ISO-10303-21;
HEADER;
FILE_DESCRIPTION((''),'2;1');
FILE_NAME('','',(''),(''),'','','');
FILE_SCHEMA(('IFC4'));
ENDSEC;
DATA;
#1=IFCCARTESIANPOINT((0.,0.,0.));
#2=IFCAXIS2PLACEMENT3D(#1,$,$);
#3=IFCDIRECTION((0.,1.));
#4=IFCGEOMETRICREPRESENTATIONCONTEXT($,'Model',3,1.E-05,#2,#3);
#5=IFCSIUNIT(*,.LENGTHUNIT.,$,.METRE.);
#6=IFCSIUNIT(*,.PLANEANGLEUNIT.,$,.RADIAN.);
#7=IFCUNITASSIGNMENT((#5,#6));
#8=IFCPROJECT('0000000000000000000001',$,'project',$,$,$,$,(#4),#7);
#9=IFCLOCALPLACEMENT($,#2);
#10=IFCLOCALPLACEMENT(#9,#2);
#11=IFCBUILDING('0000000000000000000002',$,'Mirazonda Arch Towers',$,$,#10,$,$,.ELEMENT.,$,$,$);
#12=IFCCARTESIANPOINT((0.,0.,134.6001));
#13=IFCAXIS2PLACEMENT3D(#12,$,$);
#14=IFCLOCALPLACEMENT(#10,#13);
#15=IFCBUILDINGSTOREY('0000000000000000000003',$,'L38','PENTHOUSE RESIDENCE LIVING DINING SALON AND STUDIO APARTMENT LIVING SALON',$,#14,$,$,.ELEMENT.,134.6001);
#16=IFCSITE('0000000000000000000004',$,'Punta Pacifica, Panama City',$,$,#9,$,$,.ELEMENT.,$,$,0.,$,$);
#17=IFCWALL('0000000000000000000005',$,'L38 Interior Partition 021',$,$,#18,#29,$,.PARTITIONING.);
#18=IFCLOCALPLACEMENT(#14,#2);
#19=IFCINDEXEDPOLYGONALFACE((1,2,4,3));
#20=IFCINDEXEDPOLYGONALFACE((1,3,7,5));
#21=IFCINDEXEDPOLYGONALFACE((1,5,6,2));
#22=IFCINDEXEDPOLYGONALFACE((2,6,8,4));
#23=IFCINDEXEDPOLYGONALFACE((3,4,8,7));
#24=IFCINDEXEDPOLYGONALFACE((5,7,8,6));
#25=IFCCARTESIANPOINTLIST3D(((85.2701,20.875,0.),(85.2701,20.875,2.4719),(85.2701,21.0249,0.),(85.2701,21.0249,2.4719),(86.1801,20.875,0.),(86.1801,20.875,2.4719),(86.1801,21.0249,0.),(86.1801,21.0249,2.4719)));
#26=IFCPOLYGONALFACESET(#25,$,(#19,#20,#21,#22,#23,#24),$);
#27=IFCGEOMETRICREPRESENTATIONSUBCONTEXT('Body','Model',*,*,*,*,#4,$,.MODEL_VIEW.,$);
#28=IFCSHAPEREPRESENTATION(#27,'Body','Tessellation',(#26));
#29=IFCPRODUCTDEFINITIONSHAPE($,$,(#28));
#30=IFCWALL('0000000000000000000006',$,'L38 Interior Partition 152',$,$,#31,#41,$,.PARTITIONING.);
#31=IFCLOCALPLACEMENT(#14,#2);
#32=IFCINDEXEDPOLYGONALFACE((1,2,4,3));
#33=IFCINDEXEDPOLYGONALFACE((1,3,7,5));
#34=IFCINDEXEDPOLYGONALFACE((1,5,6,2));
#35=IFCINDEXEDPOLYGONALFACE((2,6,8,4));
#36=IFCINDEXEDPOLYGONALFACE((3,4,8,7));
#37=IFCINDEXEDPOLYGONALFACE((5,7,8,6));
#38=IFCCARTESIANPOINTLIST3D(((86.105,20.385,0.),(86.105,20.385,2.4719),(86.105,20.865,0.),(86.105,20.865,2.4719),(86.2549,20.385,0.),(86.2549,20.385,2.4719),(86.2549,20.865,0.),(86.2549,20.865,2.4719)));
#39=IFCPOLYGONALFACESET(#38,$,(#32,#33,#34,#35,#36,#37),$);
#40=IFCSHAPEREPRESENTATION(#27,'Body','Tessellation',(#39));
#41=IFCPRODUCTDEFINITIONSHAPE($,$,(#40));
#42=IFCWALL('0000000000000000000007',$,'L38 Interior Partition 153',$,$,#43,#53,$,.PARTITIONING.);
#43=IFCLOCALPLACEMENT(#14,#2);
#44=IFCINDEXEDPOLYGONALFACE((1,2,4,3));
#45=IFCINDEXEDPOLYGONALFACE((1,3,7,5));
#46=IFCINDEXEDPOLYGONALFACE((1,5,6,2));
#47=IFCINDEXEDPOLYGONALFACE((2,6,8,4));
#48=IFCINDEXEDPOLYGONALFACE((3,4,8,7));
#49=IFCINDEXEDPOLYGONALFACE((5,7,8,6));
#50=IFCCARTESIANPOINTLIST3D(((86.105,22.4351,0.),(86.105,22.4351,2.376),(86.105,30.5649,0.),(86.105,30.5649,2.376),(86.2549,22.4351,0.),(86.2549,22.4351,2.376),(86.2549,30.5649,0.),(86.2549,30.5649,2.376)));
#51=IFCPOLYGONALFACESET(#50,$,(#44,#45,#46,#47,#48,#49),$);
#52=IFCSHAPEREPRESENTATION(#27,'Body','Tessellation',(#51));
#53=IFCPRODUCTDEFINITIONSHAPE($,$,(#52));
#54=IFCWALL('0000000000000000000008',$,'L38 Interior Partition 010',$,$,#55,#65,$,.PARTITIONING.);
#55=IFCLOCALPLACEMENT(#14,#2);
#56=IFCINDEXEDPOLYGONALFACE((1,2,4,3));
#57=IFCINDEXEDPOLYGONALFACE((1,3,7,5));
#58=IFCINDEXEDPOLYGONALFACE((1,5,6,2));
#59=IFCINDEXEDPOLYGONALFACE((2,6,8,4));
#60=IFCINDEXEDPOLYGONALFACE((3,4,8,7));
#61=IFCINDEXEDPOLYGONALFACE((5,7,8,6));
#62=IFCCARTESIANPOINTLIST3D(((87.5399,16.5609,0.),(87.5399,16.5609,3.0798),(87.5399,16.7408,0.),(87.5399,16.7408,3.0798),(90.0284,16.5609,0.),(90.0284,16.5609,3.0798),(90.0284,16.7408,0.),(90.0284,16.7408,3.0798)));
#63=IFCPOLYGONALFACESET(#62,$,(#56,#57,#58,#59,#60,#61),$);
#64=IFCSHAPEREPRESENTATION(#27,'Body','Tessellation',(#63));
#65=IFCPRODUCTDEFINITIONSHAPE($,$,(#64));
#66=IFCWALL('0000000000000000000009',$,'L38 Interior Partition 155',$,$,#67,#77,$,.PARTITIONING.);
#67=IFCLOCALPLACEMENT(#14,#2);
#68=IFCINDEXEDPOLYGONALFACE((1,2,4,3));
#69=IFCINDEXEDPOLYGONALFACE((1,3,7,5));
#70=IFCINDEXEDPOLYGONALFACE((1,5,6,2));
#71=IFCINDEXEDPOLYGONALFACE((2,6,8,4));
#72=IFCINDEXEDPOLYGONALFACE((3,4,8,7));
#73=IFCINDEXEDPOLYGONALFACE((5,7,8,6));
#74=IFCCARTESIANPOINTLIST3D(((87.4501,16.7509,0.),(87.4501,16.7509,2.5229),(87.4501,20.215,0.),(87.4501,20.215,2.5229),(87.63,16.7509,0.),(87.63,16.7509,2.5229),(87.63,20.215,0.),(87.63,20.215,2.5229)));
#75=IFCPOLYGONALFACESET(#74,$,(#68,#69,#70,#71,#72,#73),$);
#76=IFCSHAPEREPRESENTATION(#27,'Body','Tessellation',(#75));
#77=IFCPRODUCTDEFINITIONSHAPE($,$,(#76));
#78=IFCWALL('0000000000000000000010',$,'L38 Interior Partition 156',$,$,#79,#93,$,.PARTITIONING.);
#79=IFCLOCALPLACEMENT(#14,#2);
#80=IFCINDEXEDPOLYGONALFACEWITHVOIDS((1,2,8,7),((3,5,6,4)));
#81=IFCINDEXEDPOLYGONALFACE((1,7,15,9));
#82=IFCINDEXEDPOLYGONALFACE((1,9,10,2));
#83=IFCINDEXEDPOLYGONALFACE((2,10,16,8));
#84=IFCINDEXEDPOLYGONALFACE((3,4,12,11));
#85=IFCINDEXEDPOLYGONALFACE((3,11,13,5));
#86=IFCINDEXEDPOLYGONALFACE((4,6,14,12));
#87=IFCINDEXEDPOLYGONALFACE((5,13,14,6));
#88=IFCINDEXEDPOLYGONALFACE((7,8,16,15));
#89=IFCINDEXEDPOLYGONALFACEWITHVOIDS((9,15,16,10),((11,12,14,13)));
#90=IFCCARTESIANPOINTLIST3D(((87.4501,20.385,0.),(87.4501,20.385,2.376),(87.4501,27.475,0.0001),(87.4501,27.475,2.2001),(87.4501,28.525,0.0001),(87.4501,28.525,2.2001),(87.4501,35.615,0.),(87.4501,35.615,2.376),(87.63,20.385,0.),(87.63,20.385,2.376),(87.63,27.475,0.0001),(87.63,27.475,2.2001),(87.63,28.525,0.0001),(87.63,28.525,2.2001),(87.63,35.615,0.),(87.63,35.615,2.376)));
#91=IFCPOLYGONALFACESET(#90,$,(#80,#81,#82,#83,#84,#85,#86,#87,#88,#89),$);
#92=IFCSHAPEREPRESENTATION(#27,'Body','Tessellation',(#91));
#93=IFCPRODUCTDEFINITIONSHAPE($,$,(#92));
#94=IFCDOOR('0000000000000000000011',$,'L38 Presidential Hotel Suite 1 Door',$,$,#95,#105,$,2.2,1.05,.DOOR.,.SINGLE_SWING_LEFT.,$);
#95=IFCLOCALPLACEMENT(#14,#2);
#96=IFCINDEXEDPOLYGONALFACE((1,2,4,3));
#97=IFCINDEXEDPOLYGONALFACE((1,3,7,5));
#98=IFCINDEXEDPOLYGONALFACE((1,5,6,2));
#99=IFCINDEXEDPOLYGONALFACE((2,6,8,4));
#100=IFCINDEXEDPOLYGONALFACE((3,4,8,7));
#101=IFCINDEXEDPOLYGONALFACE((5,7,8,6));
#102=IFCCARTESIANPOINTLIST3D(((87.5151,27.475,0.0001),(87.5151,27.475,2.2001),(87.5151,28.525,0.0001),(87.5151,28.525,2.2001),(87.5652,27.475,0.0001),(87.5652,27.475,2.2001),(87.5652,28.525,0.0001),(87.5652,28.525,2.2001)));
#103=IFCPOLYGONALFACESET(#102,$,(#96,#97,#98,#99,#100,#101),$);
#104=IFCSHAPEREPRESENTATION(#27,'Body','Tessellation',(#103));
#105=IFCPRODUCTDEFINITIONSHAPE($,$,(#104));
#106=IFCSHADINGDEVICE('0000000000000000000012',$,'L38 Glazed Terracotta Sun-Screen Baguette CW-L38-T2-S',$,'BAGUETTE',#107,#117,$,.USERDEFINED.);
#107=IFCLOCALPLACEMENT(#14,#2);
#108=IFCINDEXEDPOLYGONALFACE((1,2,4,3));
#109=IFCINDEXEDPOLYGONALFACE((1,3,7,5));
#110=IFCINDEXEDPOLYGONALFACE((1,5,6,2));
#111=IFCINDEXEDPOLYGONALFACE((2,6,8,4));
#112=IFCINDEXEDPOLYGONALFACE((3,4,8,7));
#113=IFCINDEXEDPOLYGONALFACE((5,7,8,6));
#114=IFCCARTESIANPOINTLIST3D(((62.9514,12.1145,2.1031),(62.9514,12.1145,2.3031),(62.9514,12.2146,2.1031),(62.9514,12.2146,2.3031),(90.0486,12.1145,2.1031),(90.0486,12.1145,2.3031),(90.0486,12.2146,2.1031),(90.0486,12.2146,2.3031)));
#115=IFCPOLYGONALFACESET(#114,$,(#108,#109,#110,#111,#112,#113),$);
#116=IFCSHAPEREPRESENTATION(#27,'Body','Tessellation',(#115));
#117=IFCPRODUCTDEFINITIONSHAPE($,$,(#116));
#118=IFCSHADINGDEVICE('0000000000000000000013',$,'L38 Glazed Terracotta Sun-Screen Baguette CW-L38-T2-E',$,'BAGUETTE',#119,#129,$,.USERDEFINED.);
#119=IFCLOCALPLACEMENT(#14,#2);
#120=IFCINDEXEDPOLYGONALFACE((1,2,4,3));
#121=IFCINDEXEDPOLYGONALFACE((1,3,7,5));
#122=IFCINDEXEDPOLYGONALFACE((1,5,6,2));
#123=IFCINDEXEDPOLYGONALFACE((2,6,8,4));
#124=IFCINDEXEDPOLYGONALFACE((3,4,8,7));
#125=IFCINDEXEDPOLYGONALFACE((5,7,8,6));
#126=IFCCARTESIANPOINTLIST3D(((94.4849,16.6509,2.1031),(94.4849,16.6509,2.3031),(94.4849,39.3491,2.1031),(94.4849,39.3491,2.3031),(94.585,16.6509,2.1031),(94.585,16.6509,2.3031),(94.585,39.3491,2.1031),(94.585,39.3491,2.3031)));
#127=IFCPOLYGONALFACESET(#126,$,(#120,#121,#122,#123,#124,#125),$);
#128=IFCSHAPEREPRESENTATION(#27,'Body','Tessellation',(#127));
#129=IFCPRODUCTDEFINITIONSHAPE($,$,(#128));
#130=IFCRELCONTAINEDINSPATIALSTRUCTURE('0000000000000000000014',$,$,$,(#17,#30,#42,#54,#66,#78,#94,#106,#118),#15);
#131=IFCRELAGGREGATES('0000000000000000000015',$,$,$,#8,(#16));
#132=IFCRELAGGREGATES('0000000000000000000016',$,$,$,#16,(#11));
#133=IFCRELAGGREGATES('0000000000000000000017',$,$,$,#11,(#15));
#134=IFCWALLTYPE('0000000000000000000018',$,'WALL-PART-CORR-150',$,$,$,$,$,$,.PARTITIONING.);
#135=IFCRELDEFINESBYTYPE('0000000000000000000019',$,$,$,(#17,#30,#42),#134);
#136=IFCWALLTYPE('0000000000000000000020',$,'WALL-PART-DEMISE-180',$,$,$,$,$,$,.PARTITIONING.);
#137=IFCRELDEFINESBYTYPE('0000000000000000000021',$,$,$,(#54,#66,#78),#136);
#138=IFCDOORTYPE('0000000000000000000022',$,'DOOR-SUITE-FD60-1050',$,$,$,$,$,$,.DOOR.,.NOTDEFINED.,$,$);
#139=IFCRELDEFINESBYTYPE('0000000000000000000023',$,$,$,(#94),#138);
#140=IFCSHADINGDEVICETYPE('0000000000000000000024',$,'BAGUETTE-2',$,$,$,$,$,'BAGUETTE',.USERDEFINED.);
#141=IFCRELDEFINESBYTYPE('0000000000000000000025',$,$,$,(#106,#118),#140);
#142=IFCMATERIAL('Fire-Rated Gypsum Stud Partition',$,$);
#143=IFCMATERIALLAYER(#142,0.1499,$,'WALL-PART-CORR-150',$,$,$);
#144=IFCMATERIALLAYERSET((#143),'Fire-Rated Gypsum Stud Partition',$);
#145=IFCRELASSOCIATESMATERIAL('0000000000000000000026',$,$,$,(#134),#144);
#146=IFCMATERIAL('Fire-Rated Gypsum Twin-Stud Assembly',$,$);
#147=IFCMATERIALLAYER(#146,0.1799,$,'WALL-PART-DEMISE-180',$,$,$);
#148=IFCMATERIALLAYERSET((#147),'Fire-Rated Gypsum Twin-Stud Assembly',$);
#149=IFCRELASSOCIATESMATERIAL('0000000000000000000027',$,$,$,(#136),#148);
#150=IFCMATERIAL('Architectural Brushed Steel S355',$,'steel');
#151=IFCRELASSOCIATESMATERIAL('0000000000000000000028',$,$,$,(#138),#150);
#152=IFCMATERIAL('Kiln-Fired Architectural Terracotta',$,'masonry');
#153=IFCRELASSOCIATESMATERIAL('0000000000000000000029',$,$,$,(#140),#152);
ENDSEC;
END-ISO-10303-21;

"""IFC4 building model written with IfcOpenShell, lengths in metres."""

from ifc_helpers import new_model, si_unit, direction, frame, frame_2d, origin, origin_2d, place, context, subcontext, project, spatial, rectangle, extrude, material, layer, layer_set, material_profile, profile_set, type_object, element, fill, save


model = new_model("IFC4")

# Units and contexts
model_context = context("Model", 3, precision=1e-05, world=origin(), true_north=direction((0.0, 1.0)))
body_context = subcontext(model_context, "Body", "Model", "MODEL_VIEW")
ifc_project = project(units=[si_unit("LENGTHUNIT", "METRE"), si_unit("PLANEANGLEUNIT", "RADIAN")], contexts=[model_context])

# Site, building, storey
site_placement = place(None, origin())
site = spatial("IfcSite", under=ifc_project, at=site_placement, Name="Punta Pacifica, Panama City", CompositionType="ELEMENT", RefElevation=0.0)
building_placement = place(site_placement, origin())
building = spatial("IfcBuilding", under=site, at=building_placement, Name="Mirazonda Arch Towers", CompositionType="ELEMENT")
storey_placement = place(building_placement, frame((0.0, 0.0, 134.6001)))
storey = spatial("IfcBuildingStorey", under=building, at=storey_placement, Name="L38", Description="PENTHOUSE RESIDENCE LIVING DINING SALON AND STUDIO APARTMENT LIVING SALON", CompositionType="ELEMENT", Elevation=134.6001)

# Walls
ifc_material_1 = material(Name="Fire-Rated Gypsum Stud Partition")
ifc_layer_1 = layer(ifc_material_1, 0.1499, Name="WALL-PART-CORR-150")
ifc_layer_set_1 = layer_set([ifc_layer_1], Name="Fire-Rated Gypsum Stud Partition")
wall_type_1 = type_object("IfcWallType", Name="WALL-PART-CORR-150", PredefinedType="PARTITIONING", material=ifc_layer_set_1)
wall_1_placement = place(storey_placement, frame((85.27, 20.95, 0.0), z_axis=(0.0, 0.0, 1.0), x_axis=(1.0, 0.0, 0.0)))
element("IfcWall", 1, at=wall_1_placement, inside=storey, type_object=wall_type_1, Name="L38 Interior Partition 021", PredefinedType="PARTITIONING", context=body_context, shape_type="SweptSolid", body=[
    extrude(rectangle(XDim=0.9099, YDim=0.1499, at=frame_2d((0.4551, 0.0))), origin(), (0.0, 0.0, 1.0), 2.4719),
])
wall_2_placement = place(storey_placement, frame((86.1799, 20.385, 0.0), z_axis=(0.0, 0.0, 1.0), x_axis=(0.0, 1.0, 0.0)))
element("IfcWall", 2, at=wall_2_placement, inside=storey, type_object=wall_type_1, Name="L38 Interior Partition 152", PredefinedType="PARTITIONING", context=body_context, shape_type="SweptSolid", body=[
    extrude(rectangle(XDim=0.48, YDim=0.1499, at=frame_2d((0.24, 0.0))), origin(), (0.0, 0.0, 1.0), 2.4719),
])
wall_3_placement = place(storey_placement, frame((86.1799, 22.4351, 0.0), z_axis=(0.0, 0.0, 1.0), x_axis=(0.0, 1.0, 0.0)))
element("IfcWall", 3, at=wall_3_placement, inside=storey, type_object=wall_type_1, Name="L38 Interior Partition 153", PredefinedType="PARTITIONING", context=body_context, shape_type="SweptSolid", body=[
    extrude(rectangle(XDim=8.1299, YDim=0.1499, at=frame_2d((4.0649, 0.0))), origin(), (0.0, 0.0, 1.0), 2.376),
])
ifc_material_2 = material(Name="Fire-Rated Gypsum Twin-Stud Assembly")
ifc_layer_2 = layer(ifc_material_2, 0.1799, Name="WALL-PART-DEMISE-180")
ifc_layer_set_2 = layer_set([ifc_layer_2], Name="Fire-Rated Gypsum Twin-Stud Assembly")
wall_type_2 = type_object("IfcWallType", Name="WALL-PART-DEMISE-180", PredefinedType="PARTITIONING", material=ifc_layer_set_2)
wall_4_placement = place(storey_placement, frame((87.54, 16.6509, 0.0), z_axis=(0.0, 0.0, 1.0), x_axis=(1.0, 0.0, 0.0)))
element("IfcWall", 4, at=wall_4_placement, inside=storey, type_object=wall_type_2, Name="L38 Interior Partition 010", PredefinedType="PARTITIONING", context=body_context, shape_type="SweptSolid", body=[
    extrude(rectangle(XDim=2.4885, YDim=0.1799, at=frame_2d((1.2441, 0.0))), origin(), (0.0, 0.0, 1.0), 3.0798),
])
wall_5_placement = place(storey_placement, frame((87.54, 16.751, 0.0), z_axis=(0.0, 0.0, 1.0), x_axis=(0.0, 1.0, 0.0)))
element("IfcWall", 5, at=wall_5_placement, inside=storey, type_object=wall_type_2, Name="L38 Interior Partition 155", PredefinedType="PARTITIONING", context=body_context, shape_type="SweptSolid", body=[
    extrude(rectangle(XDim=3.4641, YDim=0.1799, at=frame_2d((1.7319, 0.0))), origin(), (0.0, 0.0, 1.0), 2.5229),
])

# Wall, opening, door
wall_6_placement = place(storey_placement, frame((87.54, 20.385, 0.0), z_axis=(0.0, 0.0, 1.0), x_axis=(0.0, 1.0, 0.0)))
wall_6 = element("IfcWall", 6, at=wall_6_placement, inside=storey, type_object=wall_type_2, Name="L38 Interior Partition 156", PredefinedType="PARTITIONING", context=body_context, shape_type="SweptSolid", body=[
    extrude(rectangle(XDim=15.23, YDim=0.1799, at=frame_2d((7.615, 0.0))), origin(), (0.0, 0.0, 1.0), 2.376),
])
opening_1_placement = place(wall_6_placement, frame((7.0901, 0.0, 0.0)))
opening_1 = element("IfcOpeningElement", 7, at=opening_1_placement, cuts=wall_6, PredefinedType="OPENING", context=body_context, shape_type="SweptSolid", body=[
    extrude(rectangle(XDim=1.05, YDim=2.2, at=frame_2d((0.5249, 1.1001))), frame((0.0, 0.0999, 0.0), z_axis=(0.0, -1.0, 0.0), x_axis=(1.0, 0.0, 0.0)), (0.0, 0.0, 1.0), 0.2),
])
ifc_material_3 = material(Name="Architectural Brushed Steel S355", Category="steel")
door_type = type_object("IfcDoorType", Name="DOOR-SUITE-FD60-1050", OperationType="NOTDEFINED", PredefinedType="DOOR", material=ifc_material_3)
door_placement = place(opening_1_placement, origin())
door = element("IfcDoor", 8, at=door_placement, inside=storey, type_object=door_type, Name="L38 Presidential Hotel Suite 1 Door", OperationType="SINGLE_SWING_LEFT", OverallHeight=2.2, OverallWidth=1.05, PredefinedType="DOOR", context=body_context, shape_type="SweptSolid", body=[
    extrude(rectangle(XDim=1.05, YDim=2.2, at=frame_2d((0.5249, 1.1001))), frame((0.0, 0.0249, 0.0), z_axis=(0.0, -1.0, 0.0), x_axis=(1.0, 0.0, 0.0)), (0.0, 0.0, 1.0), 0.05),
])
fill(opening_1, door)

# Shading devices
ifc_material_4 = material(Name="Kiln-Fired Architectural Terracotta", Category="masonry")
ifc_material_profile_1 = material_profile(ifc_material_4, rectangle(XDim=0.1001, YDim=0.2, at=origin_2d()), Name="TERRA-BAG-100x200")
ifc_profile_set_1 = profile_set([ifc_material_profile_1], Name="Kiln-Fired Architectural Terracotta")
shading_device_type = type_object("IfcShadingDeviceType", Name="BAGUETTE-2", ElementType="BAGUETTE", PredefinedType="USERDEFINED", material=ifc_profile_set_1)
shading_device_1_placement = place(storey_placement, frame((90.0486, 12.1646, 2.2031), z_axis=(-1.0, 0.0, 0.0), x_axis=(0.0, -1.0, 0.0)))
element("IfcShadingDevice", 9, at=shading_device_1_placement, inside=storey, type_object=shading_device_type, Name="L38 Glazed Terracotta Sun-Screen Baguette CW-L38-T2-S", ObjectType="BAGUETTE", PredefinedType="USERDEFINED", context=body_context, shape_type="SweptSolid", body=[
    extrude(rectangle(XDim=0.1001, YDim=0.2, at=origin_2d()), origin(), (0.0, 0.0, 1.0), 27.0972),
])
shading_device_2_placement = place(storey_placement, frame((94.5349, 16.6509, 2.2031), z_axis=(0.0, 1.0, 0.0), x_axis=(-1.0, 0.0, 0.0)))
element("IfcShadingDevice", 10, at=shading_device_2_placement, inside=storey, type_object=shading_device_type, Name="L38 Glazed Terracotta Sun-Screen Baguette CW-L38-T2-E", ObjectType="BAGUETTE", PredefinedType="USERDEFINED", context=body_context, shape_type="SweptSolid", body=[
    extrude(rectangle(XDim=0.1001, YDim=0.2, at=origin_2d()), origin(), (0.0, 0.0, 1.0), 22.6982),
])

save(model, "model.ifc")
